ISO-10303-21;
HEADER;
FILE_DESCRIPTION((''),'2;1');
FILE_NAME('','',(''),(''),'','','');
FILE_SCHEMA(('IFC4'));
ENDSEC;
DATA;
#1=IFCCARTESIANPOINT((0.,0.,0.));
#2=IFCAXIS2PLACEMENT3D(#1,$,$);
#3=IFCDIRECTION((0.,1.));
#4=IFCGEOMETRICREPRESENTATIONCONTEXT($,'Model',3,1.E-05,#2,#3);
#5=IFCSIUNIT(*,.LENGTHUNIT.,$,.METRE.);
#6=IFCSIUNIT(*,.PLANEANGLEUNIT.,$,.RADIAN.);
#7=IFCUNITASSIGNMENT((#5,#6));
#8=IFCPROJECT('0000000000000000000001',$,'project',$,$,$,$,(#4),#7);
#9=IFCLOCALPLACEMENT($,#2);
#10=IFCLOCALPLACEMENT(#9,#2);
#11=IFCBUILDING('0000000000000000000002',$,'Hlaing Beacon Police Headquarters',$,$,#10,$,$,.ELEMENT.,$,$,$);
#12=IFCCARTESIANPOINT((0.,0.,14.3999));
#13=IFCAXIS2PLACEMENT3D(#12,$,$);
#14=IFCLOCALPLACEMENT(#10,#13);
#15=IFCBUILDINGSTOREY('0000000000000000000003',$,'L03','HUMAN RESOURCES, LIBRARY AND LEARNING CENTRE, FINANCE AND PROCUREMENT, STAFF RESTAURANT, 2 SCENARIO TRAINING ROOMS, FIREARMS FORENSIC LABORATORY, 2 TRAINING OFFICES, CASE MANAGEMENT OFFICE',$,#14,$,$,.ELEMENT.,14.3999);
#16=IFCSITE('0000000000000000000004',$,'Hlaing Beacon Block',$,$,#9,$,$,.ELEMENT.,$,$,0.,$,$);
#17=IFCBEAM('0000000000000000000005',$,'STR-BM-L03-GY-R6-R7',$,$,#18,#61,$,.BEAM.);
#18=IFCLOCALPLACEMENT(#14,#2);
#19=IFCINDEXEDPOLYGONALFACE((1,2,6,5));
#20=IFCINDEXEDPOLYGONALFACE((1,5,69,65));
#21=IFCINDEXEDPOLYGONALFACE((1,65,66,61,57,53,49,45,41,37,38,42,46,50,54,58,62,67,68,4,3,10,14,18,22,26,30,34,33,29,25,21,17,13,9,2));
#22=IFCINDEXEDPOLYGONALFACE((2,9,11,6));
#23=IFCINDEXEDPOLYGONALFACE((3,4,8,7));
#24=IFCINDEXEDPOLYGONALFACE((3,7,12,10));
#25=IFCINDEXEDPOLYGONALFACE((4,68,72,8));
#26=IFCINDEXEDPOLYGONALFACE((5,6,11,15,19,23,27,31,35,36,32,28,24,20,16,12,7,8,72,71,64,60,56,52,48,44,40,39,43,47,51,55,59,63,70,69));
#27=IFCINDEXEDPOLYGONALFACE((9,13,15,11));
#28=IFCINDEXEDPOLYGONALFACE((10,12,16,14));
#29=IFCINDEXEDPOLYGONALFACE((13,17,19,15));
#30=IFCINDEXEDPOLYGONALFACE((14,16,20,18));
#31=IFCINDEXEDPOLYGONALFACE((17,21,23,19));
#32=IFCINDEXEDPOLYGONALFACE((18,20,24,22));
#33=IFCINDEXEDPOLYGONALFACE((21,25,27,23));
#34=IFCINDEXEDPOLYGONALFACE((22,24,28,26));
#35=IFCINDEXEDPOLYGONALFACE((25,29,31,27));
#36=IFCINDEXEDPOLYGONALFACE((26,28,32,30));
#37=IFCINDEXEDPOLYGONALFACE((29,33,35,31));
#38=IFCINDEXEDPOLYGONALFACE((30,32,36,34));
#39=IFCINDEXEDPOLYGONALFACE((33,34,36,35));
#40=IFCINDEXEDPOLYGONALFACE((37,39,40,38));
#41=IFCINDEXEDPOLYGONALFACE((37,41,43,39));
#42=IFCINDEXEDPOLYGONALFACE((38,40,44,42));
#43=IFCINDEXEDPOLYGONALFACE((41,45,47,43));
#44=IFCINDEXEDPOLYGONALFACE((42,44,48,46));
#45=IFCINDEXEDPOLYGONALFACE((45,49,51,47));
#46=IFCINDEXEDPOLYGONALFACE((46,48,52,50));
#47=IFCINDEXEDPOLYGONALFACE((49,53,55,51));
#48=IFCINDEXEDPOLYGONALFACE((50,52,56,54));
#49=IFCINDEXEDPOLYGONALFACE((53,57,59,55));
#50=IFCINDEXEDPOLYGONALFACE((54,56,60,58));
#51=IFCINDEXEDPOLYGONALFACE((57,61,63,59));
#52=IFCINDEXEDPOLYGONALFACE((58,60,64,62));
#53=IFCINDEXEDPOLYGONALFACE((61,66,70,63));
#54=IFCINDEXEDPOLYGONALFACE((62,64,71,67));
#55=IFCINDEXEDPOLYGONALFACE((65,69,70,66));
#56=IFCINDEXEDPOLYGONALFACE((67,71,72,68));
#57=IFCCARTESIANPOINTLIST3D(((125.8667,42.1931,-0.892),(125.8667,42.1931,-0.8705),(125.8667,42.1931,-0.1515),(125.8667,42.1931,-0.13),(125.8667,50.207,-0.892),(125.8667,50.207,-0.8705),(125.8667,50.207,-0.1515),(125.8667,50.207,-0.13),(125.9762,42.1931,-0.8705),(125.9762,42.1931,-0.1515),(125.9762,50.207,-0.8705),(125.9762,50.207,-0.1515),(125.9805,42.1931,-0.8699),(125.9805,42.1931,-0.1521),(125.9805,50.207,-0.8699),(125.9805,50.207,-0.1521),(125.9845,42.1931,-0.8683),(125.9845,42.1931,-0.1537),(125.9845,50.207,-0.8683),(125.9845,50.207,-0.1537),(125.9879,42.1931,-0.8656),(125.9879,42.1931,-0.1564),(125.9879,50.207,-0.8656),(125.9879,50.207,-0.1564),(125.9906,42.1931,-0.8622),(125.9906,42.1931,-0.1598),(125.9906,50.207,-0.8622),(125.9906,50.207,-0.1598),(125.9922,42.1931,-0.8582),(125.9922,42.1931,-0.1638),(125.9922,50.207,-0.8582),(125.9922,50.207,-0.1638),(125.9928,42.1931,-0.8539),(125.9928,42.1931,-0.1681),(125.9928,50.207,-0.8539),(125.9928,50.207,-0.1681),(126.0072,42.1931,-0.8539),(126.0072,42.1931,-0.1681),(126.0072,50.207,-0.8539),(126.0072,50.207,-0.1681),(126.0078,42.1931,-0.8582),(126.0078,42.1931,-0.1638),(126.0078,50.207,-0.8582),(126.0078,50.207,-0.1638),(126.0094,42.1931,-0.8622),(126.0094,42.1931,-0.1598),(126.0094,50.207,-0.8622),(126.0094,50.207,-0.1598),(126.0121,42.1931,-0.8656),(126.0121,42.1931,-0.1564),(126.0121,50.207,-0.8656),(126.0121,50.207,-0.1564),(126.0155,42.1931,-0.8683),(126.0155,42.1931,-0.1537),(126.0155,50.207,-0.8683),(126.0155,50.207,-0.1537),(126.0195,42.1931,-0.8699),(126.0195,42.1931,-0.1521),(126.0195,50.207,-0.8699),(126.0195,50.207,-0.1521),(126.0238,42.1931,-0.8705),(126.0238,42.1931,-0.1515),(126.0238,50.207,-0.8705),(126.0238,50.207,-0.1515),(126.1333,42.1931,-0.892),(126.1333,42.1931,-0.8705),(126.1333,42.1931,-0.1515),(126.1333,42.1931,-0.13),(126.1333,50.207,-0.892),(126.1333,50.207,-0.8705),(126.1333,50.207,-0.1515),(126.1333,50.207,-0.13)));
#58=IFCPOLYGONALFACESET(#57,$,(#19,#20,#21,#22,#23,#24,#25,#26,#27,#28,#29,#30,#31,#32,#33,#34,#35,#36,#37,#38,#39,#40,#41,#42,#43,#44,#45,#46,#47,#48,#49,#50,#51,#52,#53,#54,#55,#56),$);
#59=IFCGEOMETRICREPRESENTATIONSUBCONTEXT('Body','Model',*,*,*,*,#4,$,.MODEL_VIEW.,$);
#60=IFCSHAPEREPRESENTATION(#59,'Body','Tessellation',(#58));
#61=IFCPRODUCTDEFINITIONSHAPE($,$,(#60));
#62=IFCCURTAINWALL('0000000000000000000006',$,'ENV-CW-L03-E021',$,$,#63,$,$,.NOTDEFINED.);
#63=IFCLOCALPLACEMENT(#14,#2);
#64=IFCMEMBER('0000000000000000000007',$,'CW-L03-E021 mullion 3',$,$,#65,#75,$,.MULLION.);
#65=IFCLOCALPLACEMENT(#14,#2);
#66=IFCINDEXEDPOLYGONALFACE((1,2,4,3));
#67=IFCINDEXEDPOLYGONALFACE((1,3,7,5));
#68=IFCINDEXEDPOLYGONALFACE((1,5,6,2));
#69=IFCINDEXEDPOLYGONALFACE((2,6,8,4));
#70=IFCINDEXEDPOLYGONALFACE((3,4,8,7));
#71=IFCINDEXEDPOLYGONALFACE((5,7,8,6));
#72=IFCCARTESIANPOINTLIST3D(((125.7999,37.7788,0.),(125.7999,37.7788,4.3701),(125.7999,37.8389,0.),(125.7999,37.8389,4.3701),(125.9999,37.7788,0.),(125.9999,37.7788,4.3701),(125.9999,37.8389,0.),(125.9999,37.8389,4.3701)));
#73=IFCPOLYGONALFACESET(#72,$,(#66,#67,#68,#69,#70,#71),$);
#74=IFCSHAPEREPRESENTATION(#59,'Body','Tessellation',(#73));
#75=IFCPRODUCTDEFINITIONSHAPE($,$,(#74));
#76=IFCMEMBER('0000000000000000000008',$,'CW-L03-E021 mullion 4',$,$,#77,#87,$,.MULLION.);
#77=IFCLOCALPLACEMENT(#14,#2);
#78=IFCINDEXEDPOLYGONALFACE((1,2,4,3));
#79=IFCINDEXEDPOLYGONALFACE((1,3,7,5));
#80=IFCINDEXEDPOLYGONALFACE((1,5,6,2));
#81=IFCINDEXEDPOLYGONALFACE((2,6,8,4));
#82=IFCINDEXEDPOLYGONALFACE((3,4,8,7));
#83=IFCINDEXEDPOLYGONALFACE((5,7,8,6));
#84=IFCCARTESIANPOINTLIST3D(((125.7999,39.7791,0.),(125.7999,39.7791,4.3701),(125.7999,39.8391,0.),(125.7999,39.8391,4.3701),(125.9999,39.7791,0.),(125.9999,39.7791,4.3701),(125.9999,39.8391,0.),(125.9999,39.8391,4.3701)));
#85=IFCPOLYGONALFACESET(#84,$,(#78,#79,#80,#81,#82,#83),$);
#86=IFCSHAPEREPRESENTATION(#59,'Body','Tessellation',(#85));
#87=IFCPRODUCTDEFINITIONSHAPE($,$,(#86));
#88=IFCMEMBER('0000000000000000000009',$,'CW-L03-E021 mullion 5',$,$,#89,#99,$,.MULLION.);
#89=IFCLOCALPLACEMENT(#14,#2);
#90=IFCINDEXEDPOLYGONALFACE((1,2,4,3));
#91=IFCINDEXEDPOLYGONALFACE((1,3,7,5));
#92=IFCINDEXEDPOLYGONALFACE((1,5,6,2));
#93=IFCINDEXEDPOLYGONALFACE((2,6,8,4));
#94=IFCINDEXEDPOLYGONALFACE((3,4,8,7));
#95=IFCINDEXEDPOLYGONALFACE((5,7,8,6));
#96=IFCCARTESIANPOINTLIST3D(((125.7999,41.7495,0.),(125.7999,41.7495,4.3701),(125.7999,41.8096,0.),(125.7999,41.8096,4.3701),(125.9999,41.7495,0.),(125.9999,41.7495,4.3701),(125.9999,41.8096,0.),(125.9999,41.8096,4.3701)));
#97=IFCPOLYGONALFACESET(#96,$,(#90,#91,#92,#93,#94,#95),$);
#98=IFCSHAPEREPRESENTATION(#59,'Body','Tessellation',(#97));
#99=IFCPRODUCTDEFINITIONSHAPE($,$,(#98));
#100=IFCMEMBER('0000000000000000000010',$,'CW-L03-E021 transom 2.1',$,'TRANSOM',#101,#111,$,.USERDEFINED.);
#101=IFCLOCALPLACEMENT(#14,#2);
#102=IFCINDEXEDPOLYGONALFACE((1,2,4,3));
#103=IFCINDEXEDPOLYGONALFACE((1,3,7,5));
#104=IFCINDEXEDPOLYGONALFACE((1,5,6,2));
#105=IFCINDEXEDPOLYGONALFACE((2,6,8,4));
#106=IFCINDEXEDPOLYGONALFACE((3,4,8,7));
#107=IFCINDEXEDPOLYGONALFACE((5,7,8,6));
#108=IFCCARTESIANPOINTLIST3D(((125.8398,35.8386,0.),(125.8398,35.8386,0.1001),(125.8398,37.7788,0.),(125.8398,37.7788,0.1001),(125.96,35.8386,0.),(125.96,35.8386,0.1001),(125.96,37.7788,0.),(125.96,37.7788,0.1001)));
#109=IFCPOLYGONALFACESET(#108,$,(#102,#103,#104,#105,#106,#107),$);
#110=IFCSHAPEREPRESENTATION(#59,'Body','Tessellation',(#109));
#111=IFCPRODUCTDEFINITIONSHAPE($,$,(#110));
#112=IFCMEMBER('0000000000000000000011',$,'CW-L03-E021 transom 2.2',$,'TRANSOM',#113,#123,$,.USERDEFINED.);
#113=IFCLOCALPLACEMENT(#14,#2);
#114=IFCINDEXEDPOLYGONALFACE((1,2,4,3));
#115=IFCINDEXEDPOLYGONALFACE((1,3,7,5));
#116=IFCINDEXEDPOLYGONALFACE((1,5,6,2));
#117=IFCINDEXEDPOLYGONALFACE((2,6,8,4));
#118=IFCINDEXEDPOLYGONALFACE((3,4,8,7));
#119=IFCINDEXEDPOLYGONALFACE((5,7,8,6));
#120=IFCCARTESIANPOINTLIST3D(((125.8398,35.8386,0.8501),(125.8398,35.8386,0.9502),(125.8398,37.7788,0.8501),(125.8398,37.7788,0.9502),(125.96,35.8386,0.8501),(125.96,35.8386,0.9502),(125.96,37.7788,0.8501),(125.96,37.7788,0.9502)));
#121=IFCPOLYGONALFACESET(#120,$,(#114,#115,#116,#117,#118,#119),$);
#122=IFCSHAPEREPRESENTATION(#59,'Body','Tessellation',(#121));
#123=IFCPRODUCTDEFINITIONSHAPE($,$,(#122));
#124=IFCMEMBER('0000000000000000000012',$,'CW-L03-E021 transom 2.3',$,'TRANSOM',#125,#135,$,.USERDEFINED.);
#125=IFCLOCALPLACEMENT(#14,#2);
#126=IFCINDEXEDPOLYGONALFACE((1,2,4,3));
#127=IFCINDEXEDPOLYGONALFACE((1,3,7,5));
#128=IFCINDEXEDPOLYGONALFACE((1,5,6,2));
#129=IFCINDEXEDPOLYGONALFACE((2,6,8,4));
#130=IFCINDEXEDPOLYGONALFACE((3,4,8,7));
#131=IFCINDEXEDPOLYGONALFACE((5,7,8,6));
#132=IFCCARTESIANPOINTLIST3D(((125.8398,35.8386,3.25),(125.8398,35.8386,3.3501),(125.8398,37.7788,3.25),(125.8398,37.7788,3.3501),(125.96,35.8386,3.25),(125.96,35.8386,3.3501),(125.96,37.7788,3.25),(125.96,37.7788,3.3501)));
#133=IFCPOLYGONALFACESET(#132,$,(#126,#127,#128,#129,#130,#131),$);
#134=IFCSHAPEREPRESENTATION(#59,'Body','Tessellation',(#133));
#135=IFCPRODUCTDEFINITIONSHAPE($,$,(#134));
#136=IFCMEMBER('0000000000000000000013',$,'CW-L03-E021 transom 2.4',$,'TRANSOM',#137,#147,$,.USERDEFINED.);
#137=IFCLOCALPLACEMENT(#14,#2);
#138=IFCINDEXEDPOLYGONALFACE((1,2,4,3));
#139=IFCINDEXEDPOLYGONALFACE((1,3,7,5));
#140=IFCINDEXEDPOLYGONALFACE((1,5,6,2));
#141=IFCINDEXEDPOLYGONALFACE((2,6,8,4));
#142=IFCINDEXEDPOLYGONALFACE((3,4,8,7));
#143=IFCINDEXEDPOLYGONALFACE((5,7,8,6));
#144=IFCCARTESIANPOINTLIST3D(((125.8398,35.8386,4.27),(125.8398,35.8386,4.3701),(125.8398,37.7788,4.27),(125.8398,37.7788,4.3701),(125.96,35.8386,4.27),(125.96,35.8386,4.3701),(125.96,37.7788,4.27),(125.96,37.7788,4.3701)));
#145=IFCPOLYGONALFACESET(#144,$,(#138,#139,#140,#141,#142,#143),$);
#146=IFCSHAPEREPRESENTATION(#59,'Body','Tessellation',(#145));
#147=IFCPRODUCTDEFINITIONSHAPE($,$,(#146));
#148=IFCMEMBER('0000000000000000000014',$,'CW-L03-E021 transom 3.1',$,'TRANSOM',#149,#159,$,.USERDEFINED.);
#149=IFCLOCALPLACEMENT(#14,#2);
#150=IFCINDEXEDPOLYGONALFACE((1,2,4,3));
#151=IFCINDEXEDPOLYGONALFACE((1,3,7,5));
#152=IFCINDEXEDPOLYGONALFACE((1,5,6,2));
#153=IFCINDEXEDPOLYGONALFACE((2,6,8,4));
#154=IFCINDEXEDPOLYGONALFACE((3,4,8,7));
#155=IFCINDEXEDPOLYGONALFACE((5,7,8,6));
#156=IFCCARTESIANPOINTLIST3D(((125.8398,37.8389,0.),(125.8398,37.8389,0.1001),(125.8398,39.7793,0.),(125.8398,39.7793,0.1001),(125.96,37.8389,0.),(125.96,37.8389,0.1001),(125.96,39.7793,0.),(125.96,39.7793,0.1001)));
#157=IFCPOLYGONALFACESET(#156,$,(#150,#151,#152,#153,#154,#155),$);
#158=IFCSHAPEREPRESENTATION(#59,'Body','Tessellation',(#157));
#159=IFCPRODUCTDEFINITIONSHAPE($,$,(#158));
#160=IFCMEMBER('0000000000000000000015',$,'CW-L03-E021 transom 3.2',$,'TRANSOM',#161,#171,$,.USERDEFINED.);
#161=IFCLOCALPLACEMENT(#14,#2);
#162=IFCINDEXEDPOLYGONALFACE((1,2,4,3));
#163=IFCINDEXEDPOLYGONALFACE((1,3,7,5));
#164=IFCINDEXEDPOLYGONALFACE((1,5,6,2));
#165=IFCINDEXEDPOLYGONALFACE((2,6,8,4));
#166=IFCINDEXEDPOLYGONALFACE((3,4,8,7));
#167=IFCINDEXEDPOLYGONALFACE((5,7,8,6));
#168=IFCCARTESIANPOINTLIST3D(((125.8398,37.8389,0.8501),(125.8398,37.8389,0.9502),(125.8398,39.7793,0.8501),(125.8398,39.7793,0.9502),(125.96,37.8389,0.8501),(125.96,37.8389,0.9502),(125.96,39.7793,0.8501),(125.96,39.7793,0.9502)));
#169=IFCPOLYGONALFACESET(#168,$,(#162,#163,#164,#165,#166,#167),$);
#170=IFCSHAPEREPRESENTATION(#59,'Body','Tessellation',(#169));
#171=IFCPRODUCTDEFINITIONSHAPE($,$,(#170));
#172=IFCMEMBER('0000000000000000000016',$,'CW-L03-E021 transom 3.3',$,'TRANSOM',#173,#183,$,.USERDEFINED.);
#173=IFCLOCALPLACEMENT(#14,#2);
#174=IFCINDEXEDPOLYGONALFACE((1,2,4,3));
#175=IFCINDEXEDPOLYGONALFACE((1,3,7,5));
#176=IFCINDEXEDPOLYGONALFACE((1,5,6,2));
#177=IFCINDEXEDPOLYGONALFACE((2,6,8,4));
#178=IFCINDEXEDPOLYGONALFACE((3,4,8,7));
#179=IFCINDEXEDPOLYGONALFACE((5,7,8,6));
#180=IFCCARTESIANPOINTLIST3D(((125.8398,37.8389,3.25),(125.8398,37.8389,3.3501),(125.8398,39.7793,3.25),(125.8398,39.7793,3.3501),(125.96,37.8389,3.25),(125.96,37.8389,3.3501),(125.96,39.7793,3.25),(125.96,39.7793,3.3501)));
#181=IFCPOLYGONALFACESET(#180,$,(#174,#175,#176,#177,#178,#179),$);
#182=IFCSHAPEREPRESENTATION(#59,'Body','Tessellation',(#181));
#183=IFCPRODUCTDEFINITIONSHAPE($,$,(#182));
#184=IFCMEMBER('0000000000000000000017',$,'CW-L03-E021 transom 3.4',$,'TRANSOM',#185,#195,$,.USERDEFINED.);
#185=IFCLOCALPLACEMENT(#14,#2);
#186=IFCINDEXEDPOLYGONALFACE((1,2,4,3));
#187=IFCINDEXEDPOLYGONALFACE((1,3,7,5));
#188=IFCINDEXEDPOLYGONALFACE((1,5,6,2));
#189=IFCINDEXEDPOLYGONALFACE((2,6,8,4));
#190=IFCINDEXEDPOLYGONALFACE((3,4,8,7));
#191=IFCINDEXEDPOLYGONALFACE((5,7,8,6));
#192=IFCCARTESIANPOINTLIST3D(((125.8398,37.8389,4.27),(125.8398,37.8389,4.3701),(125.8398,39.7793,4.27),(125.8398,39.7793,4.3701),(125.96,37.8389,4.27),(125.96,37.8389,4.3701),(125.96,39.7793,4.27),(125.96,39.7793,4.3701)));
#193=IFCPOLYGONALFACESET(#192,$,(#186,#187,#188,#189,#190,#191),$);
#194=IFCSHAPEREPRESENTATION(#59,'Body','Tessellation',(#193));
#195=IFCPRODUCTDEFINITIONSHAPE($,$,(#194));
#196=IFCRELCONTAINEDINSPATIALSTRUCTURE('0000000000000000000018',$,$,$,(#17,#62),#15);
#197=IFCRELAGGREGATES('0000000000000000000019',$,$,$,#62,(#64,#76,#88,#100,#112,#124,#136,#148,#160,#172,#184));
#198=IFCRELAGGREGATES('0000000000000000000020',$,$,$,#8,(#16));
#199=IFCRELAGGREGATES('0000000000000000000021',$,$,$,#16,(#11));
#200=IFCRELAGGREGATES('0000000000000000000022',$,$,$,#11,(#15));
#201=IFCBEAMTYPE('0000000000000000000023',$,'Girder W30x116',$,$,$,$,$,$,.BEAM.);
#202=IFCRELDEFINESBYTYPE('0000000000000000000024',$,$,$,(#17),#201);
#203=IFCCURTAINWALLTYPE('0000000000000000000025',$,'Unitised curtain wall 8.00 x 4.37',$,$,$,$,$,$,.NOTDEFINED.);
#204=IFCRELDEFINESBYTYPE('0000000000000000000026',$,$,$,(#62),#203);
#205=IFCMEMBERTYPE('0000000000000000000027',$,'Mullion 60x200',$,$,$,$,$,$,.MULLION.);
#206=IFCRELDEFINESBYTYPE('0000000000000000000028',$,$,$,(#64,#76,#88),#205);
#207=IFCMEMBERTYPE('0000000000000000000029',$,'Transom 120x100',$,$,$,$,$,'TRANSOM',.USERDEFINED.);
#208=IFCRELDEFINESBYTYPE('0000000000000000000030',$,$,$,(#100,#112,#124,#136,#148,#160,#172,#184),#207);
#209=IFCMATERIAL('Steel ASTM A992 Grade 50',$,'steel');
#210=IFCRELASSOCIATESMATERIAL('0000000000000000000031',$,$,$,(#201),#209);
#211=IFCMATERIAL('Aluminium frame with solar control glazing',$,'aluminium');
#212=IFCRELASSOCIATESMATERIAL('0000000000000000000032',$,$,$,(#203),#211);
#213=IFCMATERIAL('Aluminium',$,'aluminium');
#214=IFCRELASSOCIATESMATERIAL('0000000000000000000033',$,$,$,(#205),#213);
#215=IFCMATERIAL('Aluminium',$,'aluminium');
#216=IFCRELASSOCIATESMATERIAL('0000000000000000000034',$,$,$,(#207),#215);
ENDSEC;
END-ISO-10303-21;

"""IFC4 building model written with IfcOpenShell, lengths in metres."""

from ifc_helpers import new_model, si_unit, direction, frame, origin, origin_2d, place, context, subcontext, project, spatial, rectangle, i_section, extrude, material, material_profile, profile_set, type_object, element, aggregate, save


model = new_model("IFC4")

# Units and contexts
model_context = context("Model", 3, precision=1e-05, world=origin(), true_north=direction((0.0, 1.0)))
body_context = subcontext(model_context, "Body", "Model", "MODEL_VIEW")
ifc_project = project(units=[si_unit("LENGTHUNIT", "METRE"), si_unit("PLANEANGLEUNIT", "RADIAN")], contexts=[model_context])

# Site, building, storey
site_placement = place(None, origin())
site = spatial("IfcSite", under=ifc_project, at=site_placement, Name="Hlaing Beacon Block", CompositionType="ELEMENT", RefElevation=0.0)
building_placement = place(site_placement, origin())
building = spatial("IfcBuilding", under=site, at=building_placement, Name="Hlaing Beacon Police Headquarters", CompositionType="ELEMENT")
storey_placement = place(building_placement, frame((0.0, 0.0, 14.3999)))
storey = spatial("IfcBuildingStorey", under=building, at=storey_placement, Name="L03", Description="HUMAN RESOURCES, LIBRARY AND LEARNING CENTRE, FINANCE AND PROCUREMENT, STAFF RESTAURANT, 2 SCENARIO TRAINING ROOMS, FIREARMS FORENSIC LABORATORY, 2 TRAINING OFFICES, CASE MANAGEMENT OFFICE", CompositionType="ELEMENT", Elevation=14.3999)

# Beam
ifc_material_1 = material(Name="Steel ASTM A992 Grade 50", Category="steel")
ifc_material_profile_1 = material_profile(ifc_material_1, i_section(OverallWidth=0.2666, OverallDepth=0.762, WebThickness=0.0144, FlangeThickness=0.0215, FilletRadius=0.0166, at=origin_2d()), Name="W30x116")
ifc_profile_set_1 = profile_set([ifc_material_profile_1], Name="Steel ASTM A992 Grade 50")
beam_type_1 = type_object("IfcBeamType", Name="Girder W30x116", PredefinedType="BEAM", material=ifc_profile_set_1)
beam_1_placement = place(storey_placement, frame((126.0, 42.1931, -0.511), z_axis=(0.0, 1.0, 0.0), x_axis=(-1.0, 0.0, 0.0)))
element("IfcBeam", 1, at=beam_1_placement, inside=storey, type_object=beam_type_1, Name="STR-BM-L03-GY-R6-R7", PredefinedType="BEAM", context=body_context, shape_type="SweptSolid", body=[
    extrude(i_section(OverallWidth=0.2666, OverallDepth=0.762, WebThickness=0.0144, FlangeThickness=0.0215, FilletRadius=0.0166, at=origin_2d()), origin(), (0.0, 0.0, 1.0), 8.0139),
])

# Curtain wall, members
ifc_material_2 = material(Name="Aluminium frame with solar control glazing", Category="aluminium")
curtain_wall_type = type_object("IfcCurtainWallType", Name="Unitised curtain wall 8.00 x 4.37", PredefinedType="NOTDEFINED", material=ifc_material_2)
curtain_wall_placement = place(storey_placement, origin())
curtain_wall = element("IfcCurtainWall", 2, at=curtain_wall_placement, inside=storey, type_object=curtain_wall_type, Name="ENV-CW-L03-E021", PredefinedType="NOTDEFINED")
ifc_material_3 = material(Name="Aluminium", Category="aluminium")
ifc_material_profile_2 = material_profile(ifc_material_3, rectangle(XDim=0.2, YDim=0.0601, at=origin_2d()), Name="Mullion 60x200")
ifc_profile_set_2 = profile_set([ifc_material_profile_2], Name="Aluminium")
member_type_1 = type_object("IfcMemberType", Name="Mullion 60x200", PredefinedType="MULLION", material=ifc_profile_set_2)
member_1_placement = place(storey_placement, frame((125.8999, 37.8088, 0.0), z_axis=(0.0, 0.0, 1.0), x_axis=(-1.0, 0.0, 0.0)))
member_1 = element("IfcMember", 3, at=member_1_placement, type_object=member_type_1, Name="CW-L03-E021 mullion 3", PredefinedType="MULLION", context=body_context, shape_type="SweptSolid", body=[
    extrude(rectangle(XDim=0.2, YDim=0.0601, at=origin_2d()), origin(), (0.0, 0.0, 1.0), 4.3701),
])
member_2_placement = place(storey_placement, frame((125.8999, 39.8091, 0.0), z_axis=(0.0, 0.0, 1.0), x_axis=(-1.0, 0.0, 0.0)))
member_2 = element("IfcMember", 4, at=member_2_placement, type_object=member_type_1, Name="CW-L03-E021 mullion 4", PredefinedType="MULLION", context=body_context, shape_type="SweptSolid", body=[
    extrude(rectangle(XDim=0.2, YDim=0.0601, at=origin_2d()), origin(), (0.0, 0.0, 1.0), 4.3701),
])
member_3_placement = place(storey_placement, frame((125.8999, 41.7795, 0.0), z_axis=(0.0, 0.0, 1.0), x_axis=(-1.0, 0.0, 0.0)))
member_3 = element("IfcMember", 5, at=member_3_placement, type_object=member_type_1, Name="CW-L03-E021 mullion 5", PredefinedType="MULLION", context=body_context, shape_type="SweptSolid", body=[
    extrude(rectangle(XDim=0.2, YDim=0.0601, at=origin_2d()), origin(), (0.0, 0.0, 1.0), 4.3701),
])
ifc_material_4 = material(Name="Aluminium", Category="aluminium")
ifc_material_profile_3 = material_profile(ifc_material_4, rectangle(XDim=0.1201, YDim=0.1001, at=origin_2d()), Name="Transom 120x100")
ifc_profile_set_3 = profile_set([ifc_material_profile_3], Name="Aluminium")
member_type_2 = type_object("IfcMemberType", Name="Transom 120x100", ElementType="TRANSOM", PredefinedType="USERDEFINED", material=ifc_profile_set_3)
member_4_placement = place(storey_placement, frame((125.8999, 35.8386, 0.05), z_axis=(0.0, 1.0, 0.0), x_axis=(-1.0, 0.0, 0.0)))
member_4 = element("IfcMember", 6, at=member_4_placement, type_object=member_type_2, Name="CW-L03-E021 transom 2.1", ObjectType="TRANSOM", PredefinedType="USERDEFINED", context=body_context, shape_type="SweptSolid", body=[
    extrude(rectangle(XDim=0.1201, YDim=0.1001, at=origin_2d()), origin(), (0.0, 0.0, 1.0), 1.9402),
])
member_5_placement = place(storey_placement, frame((125.8999, 35.8386, 0.9001), z_axis=(0.0, 1.0, 0.0), x_axis=(-1.0, 0.0, 0.0)))
member_5 = element("IfcMember", 7, at=member_5_placement, type_object=member_type_2, Name="CW-L03-E021 transom 2.2", ObjectType="TRANSOM", PredefinedType="USERDEFINED", context=body_context, shape_type="SweptSolid", body=[
    extrude(rectangle(XDim=0.1201, YDim=0.1001, at=origin_2d()), origin(), (0.0, 0.0, 1.0), 1.9402),
])
member_6_placement = place(storey_placement, frame((125.8999, 35.8386, 3.3), z_axis=(0.0, 1.0, 0.0), x_axis=(-1.0, 0.0, 0.0)))
member_6 = element("IfcMember", 8, at=member_6_placement, type_object=member_type_2, Name="CW-L03-E021 transom 2.3", ObjectType="TRANSOM", PredefinedType="USERDEFINED", context=body_context, shape_type="SweptSolid", body=[
    extrude(rectangle(XDim=0.1201, YDim=0.1001, at=origin_2d()), origin(), (0.0, 0.0, 1.0), 1.9402),
])
member_7_placement = place(storey_placement, frame((125.8999, 35.8386, 4.3201), z_axis=(0.0, 1.0, 0.0), x_axis=(-1.0, 0.0, 0.0)))
member_7 = element("IfcMember", 9, at=member_7_placement, type_object=member_type_2, Name="CW-L03-E021 transom 2.4", ObjectType="TRANSOM", PredefinedType="USERDEFINED", context=body_context, shape_type="SweptSolid", body=[
    extrude(rectangle(XDim=0.1201, YDim=0.1001, at=origin_2d()), origin(), (0.0, 0.0, 1.0), 1.9402),
])
member_8_placement = place(storey_placement, frame((125.8999, 37.8389, 0.05), z_axis=(0.0, 1.0, 0.0), x_axis=(-1.0, 0.0, 0.0)))
member_8 = element("IfcMember", 10, at=member_8_placement, type_object=member_type_2, Name="CW-L03-E021 transom 3.1", ObjectType="TRANSOM", PredefinedType="USERDEFINED", context=body_context, shape_type="SweptSolid", body=[
    extrude(rectangle(XDim=0.1201, YDim=0.1001, at=origin_2d()), origin(), (0.0, 0.0, 1.0), 1.9404),
])
member_9_placement = place(storey_placement, frame((125.8999, 37.8389, 0.9001), z_axis=(0.0, 1.0, 0.0), x_axis=(-1.0, 0.0, 0.0)))
member_9 = element("IfcMember", 11, at=member_9_placement, type_object=member_type_2, Name="CW-L03-E021 transom 3.2", ObjectType="TRANSOM", PredefinedType="USERDEFINED", context=body_context, shape_type="SweptSolid", body=[
    extrude(rectangle(XDim=0.1201, YDim=0.1001, at=origin_2d()), origin(), (0.0, 0.0, 1.0), 1.9404),
])
member_10_placement = place(storey_placement, frame((125.8999, 37.8389, 3.3), z_axis=(0.0, 1.0, 0.0), x_axis=(-1.0, 0.0, 0.0)))
member_10 = element("IfcMember", 12, at=member_10_placement, type_object=member_type_2, Name="CW-L03-E021 transom 3.3", ObjectType="TRANSOM", PredefinedType="USERDEFINED", context=body_context, shape_type="SweptSolid", body=[
    extrude(rectangle(XDim=0.1201, YDim=0.1001, at=origin_2d()), origin(), (0.0, 0.0, 1.0), 1.9404),
])
member_11_placement = place(storey_placement, frame((125.8999, 37.8389, 4.3201), z_axis=(0.0, 1.0, 0.0), x_axis=(-1.0, 0.0, 0.0)))
member_11 = element("IfcMember", 13, at=member_11_placement, type_object=member_type_2, Name="CW-L03-E021 transom 3.4", ObjectType="TRANSOM", PredefinedType="USERDEFINED", context=body_context, shape_type="SweptSolid", body=[
    extrude(rectangle(XDim=0.1201, YDim=0.1001, at=origin_2d()), origin(), (0.0, 0.0, 1.0), 1.9404),
])
aggregate(curtain_wall, [member_1, member_2, member_3, member_4, member_5, member_6, member_7, member_8, member_9, member_10, member_11])

save(model, "model.ifc")
